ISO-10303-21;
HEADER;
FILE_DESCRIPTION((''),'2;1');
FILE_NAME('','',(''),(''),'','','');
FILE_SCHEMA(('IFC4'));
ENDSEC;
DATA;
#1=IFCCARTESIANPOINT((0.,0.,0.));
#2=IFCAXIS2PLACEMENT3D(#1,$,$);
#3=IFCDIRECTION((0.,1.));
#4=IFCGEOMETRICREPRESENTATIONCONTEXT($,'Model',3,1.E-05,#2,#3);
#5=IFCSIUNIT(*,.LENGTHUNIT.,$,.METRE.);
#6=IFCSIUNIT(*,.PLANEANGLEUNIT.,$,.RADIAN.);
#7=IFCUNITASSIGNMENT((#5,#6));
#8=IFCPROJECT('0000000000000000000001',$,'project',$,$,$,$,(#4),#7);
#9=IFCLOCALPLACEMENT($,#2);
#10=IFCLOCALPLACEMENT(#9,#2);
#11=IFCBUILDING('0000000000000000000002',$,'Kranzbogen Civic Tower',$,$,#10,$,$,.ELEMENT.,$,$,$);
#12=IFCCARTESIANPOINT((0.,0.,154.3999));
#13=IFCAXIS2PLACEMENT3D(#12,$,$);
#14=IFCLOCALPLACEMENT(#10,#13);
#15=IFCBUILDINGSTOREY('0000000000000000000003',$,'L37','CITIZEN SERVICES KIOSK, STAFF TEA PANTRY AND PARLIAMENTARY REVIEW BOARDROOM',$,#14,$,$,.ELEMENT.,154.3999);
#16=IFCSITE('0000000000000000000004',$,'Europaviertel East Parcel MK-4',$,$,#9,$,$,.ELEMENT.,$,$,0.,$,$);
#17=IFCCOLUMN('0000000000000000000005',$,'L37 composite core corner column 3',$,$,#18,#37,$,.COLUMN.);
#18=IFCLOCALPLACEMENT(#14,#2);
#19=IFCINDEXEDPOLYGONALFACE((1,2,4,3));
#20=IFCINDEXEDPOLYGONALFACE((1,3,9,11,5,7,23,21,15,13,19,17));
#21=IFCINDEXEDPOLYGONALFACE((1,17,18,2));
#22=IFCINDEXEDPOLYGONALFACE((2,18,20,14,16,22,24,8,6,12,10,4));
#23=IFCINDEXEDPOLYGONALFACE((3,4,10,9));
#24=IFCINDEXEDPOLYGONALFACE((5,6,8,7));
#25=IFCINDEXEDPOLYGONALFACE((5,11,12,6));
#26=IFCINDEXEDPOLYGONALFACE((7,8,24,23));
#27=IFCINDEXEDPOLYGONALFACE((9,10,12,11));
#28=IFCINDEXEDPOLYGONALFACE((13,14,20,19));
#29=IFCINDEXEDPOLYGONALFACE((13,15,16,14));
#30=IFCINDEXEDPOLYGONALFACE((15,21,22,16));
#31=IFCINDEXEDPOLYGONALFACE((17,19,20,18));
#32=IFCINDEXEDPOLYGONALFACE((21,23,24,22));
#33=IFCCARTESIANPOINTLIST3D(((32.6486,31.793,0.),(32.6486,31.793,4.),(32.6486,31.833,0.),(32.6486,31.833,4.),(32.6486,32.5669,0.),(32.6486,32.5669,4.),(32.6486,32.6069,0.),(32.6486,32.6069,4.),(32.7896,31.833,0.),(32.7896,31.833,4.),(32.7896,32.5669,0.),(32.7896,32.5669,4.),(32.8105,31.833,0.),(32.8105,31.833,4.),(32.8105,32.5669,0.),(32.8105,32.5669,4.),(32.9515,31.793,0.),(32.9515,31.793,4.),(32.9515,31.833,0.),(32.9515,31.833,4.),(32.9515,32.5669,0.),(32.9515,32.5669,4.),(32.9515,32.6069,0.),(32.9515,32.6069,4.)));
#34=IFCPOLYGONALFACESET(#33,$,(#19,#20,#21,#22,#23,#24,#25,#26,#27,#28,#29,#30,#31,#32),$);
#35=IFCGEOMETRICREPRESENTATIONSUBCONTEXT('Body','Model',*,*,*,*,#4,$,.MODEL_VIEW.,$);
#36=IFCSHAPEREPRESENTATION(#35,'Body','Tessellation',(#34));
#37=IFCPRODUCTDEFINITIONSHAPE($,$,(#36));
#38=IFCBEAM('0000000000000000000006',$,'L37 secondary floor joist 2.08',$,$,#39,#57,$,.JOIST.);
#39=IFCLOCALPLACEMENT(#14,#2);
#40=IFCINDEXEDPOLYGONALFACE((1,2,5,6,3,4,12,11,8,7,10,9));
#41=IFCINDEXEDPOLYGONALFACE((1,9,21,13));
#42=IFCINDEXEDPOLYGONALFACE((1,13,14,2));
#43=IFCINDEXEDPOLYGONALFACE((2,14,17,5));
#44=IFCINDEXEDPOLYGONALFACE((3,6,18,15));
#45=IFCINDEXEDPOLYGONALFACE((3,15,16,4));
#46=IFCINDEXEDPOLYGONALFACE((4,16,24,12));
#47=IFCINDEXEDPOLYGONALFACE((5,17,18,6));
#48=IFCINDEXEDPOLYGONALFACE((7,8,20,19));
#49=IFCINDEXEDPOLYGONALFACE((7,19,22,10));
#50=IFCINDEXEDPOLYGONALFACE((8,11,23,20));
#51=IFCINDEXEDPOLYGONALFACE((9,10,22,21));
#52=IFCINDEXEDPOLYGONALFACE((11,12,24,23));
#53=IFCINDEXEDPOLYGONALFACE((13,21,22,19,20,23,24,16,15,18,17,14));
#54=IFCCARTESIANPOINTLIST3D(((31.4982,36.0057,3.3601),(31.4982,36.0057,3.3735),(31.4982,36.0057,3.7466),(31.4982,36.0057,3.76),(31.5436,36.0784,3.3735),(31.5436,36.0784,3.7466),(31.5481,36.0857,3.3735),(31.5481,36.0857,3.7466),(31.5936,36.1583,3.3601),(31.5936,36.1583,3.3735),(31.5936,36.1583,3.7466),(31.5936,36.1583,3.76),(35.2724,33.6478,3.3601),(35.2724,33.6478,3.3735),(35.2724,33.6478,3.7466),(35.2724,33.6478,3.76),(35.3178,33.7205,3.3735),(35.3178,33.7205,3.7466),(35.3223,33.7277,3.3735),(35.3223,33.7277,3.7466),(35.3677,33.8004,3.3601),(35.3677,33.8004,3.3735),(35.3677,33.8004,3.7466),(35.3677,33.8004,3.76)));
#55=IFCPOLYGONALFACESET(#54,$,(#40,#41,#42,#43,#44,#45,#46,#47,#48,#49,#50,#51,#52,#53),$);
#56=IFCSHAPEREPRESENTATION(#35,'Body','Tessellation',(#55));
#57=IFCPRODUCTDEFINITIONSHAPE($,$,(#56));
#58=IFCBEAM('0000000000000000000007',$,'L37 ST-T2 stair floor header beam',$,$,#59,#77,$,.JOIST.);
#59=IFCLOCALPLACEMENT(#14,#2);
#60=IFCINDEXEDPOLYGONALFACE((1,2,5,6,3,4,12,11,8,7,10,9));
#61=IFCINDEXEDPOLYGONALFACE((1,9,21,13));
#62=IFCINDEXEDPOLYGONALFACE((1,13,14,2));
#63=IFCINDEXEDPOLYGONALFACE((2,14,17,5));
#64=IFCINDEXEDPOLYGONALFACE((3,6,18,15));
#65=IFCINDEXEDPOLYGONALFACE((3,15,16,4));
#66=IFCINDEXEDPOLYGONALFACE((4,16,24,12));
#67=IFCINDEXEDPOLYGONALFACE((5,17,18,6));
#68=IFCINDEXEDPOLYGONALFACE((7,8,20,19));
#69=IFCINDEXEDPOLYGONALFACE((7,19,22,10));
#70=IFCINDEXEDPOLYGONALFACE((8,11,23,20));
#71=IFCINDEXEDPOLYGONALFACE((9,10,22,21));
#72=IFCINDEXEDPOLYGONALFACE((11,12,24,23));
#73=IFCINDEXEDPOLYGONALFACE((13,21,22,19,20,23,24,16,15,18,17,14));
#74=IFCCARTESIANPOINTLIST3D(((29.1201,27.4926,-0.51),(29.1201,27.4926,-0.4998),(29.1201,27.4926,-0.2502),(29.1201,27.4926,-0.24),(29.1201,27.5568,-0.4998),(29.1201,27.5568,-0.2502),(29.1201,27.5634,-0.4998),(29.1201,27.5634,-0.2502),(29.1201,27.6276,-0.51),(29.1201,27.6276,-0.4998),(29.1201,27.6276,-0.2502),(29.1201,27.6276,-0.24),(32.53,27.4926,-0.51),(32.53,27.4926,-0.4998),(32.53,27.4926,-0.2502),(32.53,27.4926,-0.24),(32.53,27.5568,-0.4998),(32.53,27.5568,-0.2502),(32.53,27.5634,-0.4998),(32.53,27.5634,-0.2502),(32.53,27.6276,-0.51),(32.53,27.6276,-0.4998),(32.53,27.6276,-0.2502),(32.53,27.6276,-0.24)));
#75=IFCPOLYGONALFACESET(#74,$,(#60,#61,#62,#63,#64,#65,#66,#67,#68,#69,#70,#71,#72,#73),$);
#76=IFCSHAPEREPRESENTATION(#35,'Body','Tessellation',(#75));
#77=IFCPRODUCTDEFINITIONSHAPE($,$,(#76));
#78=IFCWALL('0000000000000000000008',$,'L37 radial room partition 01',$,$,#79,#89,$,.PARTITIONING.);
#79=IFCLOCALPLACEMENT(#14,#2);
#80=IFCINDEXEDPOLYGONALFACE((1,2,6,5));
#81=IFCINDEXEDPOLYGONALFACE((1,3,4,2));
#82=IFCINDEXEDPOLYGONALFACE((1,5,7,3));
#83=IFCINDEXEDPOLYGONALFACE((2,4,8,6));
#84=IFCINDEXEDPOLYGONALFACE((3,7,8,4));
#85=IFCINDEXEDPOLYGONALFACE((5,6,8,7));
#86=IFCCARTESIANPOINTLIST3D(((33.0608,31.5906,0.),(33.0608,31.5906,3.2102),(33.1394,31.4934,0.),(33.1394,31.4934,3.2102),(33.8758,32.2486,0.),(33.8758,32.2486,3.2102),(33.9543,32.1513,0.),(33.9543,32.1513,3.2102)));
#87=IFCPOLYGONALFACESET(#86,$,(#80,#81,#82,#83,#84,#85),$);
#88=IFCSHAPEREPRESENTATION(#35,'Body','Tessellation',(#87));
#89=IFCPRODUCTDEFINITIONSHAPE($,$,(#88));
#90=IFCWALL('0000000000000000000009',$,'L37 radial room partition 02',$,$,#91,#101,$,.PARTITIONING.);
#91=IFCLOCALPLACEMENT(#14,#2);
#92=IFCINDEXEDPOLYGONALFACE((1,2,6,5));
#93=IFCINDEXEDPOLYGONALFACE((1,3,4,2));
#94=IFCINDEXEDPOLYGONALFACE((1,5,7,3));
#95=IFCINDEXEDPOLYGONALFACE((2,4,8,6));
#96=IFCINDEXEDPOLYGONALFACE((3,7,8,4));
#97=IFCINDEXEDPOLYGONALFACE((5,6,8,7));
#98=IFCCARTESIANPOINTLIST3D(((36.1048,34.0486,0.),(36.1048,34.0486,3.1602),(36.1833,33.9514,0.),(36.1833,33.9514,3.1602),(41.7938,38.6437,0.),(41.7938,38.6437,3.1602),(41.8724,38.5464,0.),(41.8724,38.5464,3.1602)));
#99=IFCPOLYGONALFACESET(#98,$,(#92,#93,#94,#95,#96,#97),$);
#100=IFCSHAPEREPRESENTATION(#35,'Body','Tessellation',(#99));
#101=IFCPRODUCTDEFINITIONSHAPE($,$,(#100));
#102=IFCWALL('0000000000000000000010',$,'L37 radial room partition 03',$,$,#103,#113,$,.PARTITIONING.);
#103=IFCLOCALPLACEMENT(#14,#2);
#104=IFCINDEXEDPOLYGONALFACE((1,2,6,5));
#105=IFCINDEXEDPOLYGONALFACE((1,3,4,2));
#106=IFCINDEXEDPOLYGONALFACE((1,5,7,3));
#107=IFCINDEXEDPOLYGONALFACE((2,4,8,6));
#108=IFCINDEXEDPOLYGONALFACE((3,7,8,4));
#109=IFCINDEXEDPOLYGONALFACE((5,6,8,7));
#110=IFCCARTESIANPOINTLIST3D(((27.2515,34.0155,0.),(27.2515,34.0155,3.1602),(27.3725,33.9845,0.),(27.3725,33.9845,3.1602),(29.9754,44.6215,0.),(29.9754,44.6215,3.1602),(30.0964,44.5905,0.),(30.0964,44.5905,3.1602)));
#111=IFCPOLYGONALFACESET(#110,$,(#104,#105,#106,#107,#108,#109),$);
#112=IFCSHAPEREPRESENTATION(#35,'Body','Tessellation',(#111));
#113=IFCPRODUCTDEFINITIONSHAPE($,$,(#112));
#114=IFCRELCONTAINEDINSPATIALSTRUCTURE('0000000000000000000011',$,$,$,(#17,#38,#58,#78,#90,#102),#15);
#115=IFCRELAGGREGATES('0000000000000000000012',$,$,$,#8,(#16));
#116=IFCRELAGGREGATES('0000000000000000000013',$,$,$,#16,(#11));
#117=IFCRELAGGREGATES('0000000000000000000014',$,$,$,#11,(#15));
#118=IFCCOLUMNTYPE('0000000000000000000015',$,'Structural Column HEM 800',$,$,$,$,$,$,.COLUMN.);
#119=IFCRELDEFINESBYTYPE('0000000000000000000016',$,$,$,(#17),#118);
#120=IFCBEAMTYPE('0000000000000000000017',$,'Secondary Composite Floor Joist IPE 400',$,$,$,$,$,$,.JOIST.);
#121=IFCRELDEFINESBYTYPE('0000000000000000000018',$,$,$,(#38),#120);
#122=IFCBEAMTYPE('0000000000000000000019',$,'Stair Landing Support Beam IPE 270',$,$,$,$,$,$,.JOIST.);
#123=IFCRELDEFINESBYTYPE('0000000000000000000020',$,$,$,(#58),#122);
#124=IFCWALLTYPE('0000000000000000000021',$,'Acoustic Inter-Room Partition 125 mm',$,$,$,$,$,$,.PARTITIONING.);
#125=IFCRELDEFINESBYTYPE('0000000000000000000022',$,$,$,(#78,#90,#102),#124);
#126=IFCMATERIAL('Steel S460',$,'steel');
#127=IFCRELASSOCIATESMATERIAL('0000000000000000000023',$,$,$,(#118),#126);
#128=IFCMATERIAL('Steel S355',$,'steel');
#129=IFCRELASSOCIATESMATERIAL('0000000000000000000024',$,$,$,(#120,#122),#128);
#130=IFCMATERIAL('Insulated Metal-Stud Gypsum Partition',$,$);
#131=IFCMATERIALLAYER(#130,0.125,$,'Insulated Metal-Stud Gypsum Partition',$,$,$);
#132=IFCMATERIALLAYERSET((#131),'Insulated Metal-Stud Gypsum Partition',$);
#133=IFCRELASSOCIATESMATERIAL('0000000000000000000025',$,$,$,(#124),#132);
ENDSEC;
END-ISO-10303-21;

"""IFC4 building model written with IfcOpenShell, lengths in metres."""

from ifc_helpers import new_model, si_unit, direction, frame, frame_2d, origin, origin_2d, place, context, subcontext, project, spatial, rectangle, i_section, extrude, material, layer, layer_set, material_profile, profile_set, type_object, element, save


model = new_model("IFC4")

# Units and contexts
model_context = context("Model", 3, precision=1e-05, world=origin(), true_north=direction((0.0, 1.0)))
body_context = subcontext(model_context, "Body", "Model", "MODEL_VIEW")
ifc_project = project(units=[si_unit("LENGTHUNIT", "METRE"), si_unit("PLANEANGLEUNIT", "RADIAN")], contexts=[model_context])

# Site, building, storey
site_placement = place(None, origin())
site = spatial("IfcSite", under=ifc_project, at=site_placement, Name="Europaviertel East Parcel MK-4", CompositionType="ELEMENT", RefElevation=0.0)
building_placement = place(site_placement, origin())
building = spatial("IfcBuilding", under=site, at=building_placement, Name="Kranzbogen Civic Tower", CompositionType="ELEMENT")
storey_placement = place(building_placement, frame((0.0, 0.0, 154.3999)))
storey = spatial("IfcBuildingStorey", under=building, at=storey_placement, Name="L37", Description="CITIZEN SERVICES KIOSK, STAFF TEA PANTRY AND PARLIAMENTARY REVIEW BOARDROOM", CompositionType="ELEMENT", Elevation=154.3999)

# Column
ifc_material_1 = material(Name="Steel S460", Category="steel")
ifc_material_profile_1 = material_profile(ifc_material_1, i_section(OverallWidth=0.303, OverallDepth=0.814, WebThickness=0.021, FlangeThickness=0.04, at=origin_2d()), Name="HEM 800")
ifc_profile_set_1 = profile_set([ifc_material_profile_1], Name="Steel S460")
column_type = type_object("IfcColumnType", Name="Structural Column HEM 800", PredefinedType="COLUMN", material=ifc_profile_set_1)
column_placement = place(storey_placement, frame((32.8, 32.2, 0.0), z_axis=(0.0, 0.0, 1.0), x_axis=(1.0, 0.0, 0.0)))
element("IfcColumn", 1, at=column_placement, inside=storey, type_object=column_type, Name="L37 composite core corner column 3", PredefinedType="COLUMN", context=body_context, shape_type="SweptSolid", body=[
    extrude(i_section(OverallWidth=0.303, OverallDepth=0.814, WebThickness=0.021, FlangeThickness=0.04, at=origin_2d()), origin(), (0.0, 0.0, 1.0), 4.0),
])

# Beams
ifc_material_2 = material(Name="Steel S355", Category="steel")
ifc_material_profile_2 = material_profile(ifc_material_2, i_section(OverallWidth=0.1799, OverallDepth=0.3999, WebThickness=0.0085, FlangeThickness=0.0134, at=origin_2d()), Name="IPE 400")
ifc_profile_set_2 = profile_set([ifc_material_profile_2], Name="Steel S355")
beam_type_1 = type_object("IfcBeamType", Name="Secondary Composite Floor Joist IPE 400", PredefinedType="JOIST", material=ifc_profile_set_2)
beam_1_placement = place(storey_placement, frame((35.3201, 33.7241, 3.5601), z_axis=(-0.848094, 0.529846, 0.0), x_axis=(-0.529846, -0.848094, 0.0)))
element("IfcBeam", 2, at=beam_1_placement, inside=storey, type_object=beam_type_1, Name="L37 secondary floor joist 2.08", PredefinedType="JOIST", context=body_context, shape_type="SweptSolid", body=[
    extrude(i_section(OverallWidth=0.1799, OverallDepth=0.3999, WebThickness=0.0085, FlangeThickness=0.0134, at=origin_2d()), origin(), (0.0, 0.0, 1.0), 4.4502),
])
ifc_material_profile_3 = material_profile(ifc_material_2, i_section(OverallWidth=0.135, OverallDepth=0.27, WebThickness=0.0066, FlangeThickness=0.0103, at=origin_2d()), Name="IPE 270")
ifc_profile_set_3 = profile_set([ifc_material_profile_3], Name="Steel S355")
beam_type_2 = type_object("IfcBeamType", Name="Stair Landing Support Beam IPE 270", PredefinedType="JOIST", material=ifc_profile_set_3)
beam_2_placement = place(storey_placement, frame((29.1201, 27.5601, -0.375), z_axis=(1.0, 0.0, 0.0), x_axis=(0.0, 1.0, 0.0)))
element("IfcBeam", 3, at=beam_2_placement, inside=storey, type_object=beam_type_2, Name="L37 ST-T2 stair floor header beam", PredefinedType="JOIST", context=body_context, shape_type="SweptSolid", body=[
    extrude(i_section(OverallWidth=0.135, OverallDepth=0.27, WebThickness=0.0066, FlangeThickness=0.0103, at=origin_2d()), origin(), (0.0, 0.0, 1.0), 3.4099),
])

# Walls
ifc_material_3 = material(Name="Insulated Metal-Stud Gypsum Partition")
ifc_layer_1 = layer(ifc_material_3, 0.125, Name="Insulated Metal-Stud Gypsum Partition")
ifc_layer_set_1 = layer_set([ifc_layer_1], Name="Insulated Metal-Stud Gypsum Partition")
wall_type_1 = type_object("IfcWallType", Name="Acoustic Inter-Room Partition 125 mm", PredefinedType="PARTITIONING", material=ifc_layer_set_1)
wall_1_placement = place(storey_placement, frame((33.1001, 31.542, 0.0), z_axis=(0.0, 0.0, 1.0), x_axis=(0.778064, 0.628185, 0.0)))
element("IfcWall", 4, at=wall_1_placement, inside=storey, type_object=wall_type_1, Name="L37 radial room partition 01", PredefinedType="PARTITIONING", context=body_context, shape_type="SweptSolid", body=[
    extrude(rectangle(XDim=1.0474, YDim=0.125, at=frame_2d((0.5237, 0.0))), origin(), (0.0, 0.0, 1.0), 3.2102),
])
wall_2_placement = place(storey_placement, frame((36.144, 34.0, 0.0), z_axis=(0.0, 0.0, 1.0), x_axis=(0.777939, 0.62834, 0.0)))
element("IfcWall", 5, at=wall_2_placement, inside=storey, type_object=wall_type_1, Name="L37 radial room partition 02", PredefinedType="PARTITIONING", context=body_context, shape_type="SweptSolid", body=[
    extrude(rectangle(XDim=7.313, YDim=0.125, at=frame_2d((3.6565, 0.0))), origin(), (0.0, 0.0, 1.0), 3.1602),
])
wall_3_placement = place(storey_placement, frame((27.312, 34.0, 0.0), z_axis=(0.0, 0.0, 1.0), x_axis=(0.248752, 0.968567, 0.0)))
element("IfcWall", 6, at=wall_3_placement, inside=storey, type_object=wall_type_1, Name="L37 radial room partition 03", PredefinedType="PARTITIONING", context=body_context, shape_type="SweptSolid", body=[
    extrude(rectangle(XDim=10.9502, YDim=0.125, at=frame_2d((5.4751, 0.0))), origin(), (0.0, 0.0, 1.0), 3.1602),
])

save(model, "model.ifc")
